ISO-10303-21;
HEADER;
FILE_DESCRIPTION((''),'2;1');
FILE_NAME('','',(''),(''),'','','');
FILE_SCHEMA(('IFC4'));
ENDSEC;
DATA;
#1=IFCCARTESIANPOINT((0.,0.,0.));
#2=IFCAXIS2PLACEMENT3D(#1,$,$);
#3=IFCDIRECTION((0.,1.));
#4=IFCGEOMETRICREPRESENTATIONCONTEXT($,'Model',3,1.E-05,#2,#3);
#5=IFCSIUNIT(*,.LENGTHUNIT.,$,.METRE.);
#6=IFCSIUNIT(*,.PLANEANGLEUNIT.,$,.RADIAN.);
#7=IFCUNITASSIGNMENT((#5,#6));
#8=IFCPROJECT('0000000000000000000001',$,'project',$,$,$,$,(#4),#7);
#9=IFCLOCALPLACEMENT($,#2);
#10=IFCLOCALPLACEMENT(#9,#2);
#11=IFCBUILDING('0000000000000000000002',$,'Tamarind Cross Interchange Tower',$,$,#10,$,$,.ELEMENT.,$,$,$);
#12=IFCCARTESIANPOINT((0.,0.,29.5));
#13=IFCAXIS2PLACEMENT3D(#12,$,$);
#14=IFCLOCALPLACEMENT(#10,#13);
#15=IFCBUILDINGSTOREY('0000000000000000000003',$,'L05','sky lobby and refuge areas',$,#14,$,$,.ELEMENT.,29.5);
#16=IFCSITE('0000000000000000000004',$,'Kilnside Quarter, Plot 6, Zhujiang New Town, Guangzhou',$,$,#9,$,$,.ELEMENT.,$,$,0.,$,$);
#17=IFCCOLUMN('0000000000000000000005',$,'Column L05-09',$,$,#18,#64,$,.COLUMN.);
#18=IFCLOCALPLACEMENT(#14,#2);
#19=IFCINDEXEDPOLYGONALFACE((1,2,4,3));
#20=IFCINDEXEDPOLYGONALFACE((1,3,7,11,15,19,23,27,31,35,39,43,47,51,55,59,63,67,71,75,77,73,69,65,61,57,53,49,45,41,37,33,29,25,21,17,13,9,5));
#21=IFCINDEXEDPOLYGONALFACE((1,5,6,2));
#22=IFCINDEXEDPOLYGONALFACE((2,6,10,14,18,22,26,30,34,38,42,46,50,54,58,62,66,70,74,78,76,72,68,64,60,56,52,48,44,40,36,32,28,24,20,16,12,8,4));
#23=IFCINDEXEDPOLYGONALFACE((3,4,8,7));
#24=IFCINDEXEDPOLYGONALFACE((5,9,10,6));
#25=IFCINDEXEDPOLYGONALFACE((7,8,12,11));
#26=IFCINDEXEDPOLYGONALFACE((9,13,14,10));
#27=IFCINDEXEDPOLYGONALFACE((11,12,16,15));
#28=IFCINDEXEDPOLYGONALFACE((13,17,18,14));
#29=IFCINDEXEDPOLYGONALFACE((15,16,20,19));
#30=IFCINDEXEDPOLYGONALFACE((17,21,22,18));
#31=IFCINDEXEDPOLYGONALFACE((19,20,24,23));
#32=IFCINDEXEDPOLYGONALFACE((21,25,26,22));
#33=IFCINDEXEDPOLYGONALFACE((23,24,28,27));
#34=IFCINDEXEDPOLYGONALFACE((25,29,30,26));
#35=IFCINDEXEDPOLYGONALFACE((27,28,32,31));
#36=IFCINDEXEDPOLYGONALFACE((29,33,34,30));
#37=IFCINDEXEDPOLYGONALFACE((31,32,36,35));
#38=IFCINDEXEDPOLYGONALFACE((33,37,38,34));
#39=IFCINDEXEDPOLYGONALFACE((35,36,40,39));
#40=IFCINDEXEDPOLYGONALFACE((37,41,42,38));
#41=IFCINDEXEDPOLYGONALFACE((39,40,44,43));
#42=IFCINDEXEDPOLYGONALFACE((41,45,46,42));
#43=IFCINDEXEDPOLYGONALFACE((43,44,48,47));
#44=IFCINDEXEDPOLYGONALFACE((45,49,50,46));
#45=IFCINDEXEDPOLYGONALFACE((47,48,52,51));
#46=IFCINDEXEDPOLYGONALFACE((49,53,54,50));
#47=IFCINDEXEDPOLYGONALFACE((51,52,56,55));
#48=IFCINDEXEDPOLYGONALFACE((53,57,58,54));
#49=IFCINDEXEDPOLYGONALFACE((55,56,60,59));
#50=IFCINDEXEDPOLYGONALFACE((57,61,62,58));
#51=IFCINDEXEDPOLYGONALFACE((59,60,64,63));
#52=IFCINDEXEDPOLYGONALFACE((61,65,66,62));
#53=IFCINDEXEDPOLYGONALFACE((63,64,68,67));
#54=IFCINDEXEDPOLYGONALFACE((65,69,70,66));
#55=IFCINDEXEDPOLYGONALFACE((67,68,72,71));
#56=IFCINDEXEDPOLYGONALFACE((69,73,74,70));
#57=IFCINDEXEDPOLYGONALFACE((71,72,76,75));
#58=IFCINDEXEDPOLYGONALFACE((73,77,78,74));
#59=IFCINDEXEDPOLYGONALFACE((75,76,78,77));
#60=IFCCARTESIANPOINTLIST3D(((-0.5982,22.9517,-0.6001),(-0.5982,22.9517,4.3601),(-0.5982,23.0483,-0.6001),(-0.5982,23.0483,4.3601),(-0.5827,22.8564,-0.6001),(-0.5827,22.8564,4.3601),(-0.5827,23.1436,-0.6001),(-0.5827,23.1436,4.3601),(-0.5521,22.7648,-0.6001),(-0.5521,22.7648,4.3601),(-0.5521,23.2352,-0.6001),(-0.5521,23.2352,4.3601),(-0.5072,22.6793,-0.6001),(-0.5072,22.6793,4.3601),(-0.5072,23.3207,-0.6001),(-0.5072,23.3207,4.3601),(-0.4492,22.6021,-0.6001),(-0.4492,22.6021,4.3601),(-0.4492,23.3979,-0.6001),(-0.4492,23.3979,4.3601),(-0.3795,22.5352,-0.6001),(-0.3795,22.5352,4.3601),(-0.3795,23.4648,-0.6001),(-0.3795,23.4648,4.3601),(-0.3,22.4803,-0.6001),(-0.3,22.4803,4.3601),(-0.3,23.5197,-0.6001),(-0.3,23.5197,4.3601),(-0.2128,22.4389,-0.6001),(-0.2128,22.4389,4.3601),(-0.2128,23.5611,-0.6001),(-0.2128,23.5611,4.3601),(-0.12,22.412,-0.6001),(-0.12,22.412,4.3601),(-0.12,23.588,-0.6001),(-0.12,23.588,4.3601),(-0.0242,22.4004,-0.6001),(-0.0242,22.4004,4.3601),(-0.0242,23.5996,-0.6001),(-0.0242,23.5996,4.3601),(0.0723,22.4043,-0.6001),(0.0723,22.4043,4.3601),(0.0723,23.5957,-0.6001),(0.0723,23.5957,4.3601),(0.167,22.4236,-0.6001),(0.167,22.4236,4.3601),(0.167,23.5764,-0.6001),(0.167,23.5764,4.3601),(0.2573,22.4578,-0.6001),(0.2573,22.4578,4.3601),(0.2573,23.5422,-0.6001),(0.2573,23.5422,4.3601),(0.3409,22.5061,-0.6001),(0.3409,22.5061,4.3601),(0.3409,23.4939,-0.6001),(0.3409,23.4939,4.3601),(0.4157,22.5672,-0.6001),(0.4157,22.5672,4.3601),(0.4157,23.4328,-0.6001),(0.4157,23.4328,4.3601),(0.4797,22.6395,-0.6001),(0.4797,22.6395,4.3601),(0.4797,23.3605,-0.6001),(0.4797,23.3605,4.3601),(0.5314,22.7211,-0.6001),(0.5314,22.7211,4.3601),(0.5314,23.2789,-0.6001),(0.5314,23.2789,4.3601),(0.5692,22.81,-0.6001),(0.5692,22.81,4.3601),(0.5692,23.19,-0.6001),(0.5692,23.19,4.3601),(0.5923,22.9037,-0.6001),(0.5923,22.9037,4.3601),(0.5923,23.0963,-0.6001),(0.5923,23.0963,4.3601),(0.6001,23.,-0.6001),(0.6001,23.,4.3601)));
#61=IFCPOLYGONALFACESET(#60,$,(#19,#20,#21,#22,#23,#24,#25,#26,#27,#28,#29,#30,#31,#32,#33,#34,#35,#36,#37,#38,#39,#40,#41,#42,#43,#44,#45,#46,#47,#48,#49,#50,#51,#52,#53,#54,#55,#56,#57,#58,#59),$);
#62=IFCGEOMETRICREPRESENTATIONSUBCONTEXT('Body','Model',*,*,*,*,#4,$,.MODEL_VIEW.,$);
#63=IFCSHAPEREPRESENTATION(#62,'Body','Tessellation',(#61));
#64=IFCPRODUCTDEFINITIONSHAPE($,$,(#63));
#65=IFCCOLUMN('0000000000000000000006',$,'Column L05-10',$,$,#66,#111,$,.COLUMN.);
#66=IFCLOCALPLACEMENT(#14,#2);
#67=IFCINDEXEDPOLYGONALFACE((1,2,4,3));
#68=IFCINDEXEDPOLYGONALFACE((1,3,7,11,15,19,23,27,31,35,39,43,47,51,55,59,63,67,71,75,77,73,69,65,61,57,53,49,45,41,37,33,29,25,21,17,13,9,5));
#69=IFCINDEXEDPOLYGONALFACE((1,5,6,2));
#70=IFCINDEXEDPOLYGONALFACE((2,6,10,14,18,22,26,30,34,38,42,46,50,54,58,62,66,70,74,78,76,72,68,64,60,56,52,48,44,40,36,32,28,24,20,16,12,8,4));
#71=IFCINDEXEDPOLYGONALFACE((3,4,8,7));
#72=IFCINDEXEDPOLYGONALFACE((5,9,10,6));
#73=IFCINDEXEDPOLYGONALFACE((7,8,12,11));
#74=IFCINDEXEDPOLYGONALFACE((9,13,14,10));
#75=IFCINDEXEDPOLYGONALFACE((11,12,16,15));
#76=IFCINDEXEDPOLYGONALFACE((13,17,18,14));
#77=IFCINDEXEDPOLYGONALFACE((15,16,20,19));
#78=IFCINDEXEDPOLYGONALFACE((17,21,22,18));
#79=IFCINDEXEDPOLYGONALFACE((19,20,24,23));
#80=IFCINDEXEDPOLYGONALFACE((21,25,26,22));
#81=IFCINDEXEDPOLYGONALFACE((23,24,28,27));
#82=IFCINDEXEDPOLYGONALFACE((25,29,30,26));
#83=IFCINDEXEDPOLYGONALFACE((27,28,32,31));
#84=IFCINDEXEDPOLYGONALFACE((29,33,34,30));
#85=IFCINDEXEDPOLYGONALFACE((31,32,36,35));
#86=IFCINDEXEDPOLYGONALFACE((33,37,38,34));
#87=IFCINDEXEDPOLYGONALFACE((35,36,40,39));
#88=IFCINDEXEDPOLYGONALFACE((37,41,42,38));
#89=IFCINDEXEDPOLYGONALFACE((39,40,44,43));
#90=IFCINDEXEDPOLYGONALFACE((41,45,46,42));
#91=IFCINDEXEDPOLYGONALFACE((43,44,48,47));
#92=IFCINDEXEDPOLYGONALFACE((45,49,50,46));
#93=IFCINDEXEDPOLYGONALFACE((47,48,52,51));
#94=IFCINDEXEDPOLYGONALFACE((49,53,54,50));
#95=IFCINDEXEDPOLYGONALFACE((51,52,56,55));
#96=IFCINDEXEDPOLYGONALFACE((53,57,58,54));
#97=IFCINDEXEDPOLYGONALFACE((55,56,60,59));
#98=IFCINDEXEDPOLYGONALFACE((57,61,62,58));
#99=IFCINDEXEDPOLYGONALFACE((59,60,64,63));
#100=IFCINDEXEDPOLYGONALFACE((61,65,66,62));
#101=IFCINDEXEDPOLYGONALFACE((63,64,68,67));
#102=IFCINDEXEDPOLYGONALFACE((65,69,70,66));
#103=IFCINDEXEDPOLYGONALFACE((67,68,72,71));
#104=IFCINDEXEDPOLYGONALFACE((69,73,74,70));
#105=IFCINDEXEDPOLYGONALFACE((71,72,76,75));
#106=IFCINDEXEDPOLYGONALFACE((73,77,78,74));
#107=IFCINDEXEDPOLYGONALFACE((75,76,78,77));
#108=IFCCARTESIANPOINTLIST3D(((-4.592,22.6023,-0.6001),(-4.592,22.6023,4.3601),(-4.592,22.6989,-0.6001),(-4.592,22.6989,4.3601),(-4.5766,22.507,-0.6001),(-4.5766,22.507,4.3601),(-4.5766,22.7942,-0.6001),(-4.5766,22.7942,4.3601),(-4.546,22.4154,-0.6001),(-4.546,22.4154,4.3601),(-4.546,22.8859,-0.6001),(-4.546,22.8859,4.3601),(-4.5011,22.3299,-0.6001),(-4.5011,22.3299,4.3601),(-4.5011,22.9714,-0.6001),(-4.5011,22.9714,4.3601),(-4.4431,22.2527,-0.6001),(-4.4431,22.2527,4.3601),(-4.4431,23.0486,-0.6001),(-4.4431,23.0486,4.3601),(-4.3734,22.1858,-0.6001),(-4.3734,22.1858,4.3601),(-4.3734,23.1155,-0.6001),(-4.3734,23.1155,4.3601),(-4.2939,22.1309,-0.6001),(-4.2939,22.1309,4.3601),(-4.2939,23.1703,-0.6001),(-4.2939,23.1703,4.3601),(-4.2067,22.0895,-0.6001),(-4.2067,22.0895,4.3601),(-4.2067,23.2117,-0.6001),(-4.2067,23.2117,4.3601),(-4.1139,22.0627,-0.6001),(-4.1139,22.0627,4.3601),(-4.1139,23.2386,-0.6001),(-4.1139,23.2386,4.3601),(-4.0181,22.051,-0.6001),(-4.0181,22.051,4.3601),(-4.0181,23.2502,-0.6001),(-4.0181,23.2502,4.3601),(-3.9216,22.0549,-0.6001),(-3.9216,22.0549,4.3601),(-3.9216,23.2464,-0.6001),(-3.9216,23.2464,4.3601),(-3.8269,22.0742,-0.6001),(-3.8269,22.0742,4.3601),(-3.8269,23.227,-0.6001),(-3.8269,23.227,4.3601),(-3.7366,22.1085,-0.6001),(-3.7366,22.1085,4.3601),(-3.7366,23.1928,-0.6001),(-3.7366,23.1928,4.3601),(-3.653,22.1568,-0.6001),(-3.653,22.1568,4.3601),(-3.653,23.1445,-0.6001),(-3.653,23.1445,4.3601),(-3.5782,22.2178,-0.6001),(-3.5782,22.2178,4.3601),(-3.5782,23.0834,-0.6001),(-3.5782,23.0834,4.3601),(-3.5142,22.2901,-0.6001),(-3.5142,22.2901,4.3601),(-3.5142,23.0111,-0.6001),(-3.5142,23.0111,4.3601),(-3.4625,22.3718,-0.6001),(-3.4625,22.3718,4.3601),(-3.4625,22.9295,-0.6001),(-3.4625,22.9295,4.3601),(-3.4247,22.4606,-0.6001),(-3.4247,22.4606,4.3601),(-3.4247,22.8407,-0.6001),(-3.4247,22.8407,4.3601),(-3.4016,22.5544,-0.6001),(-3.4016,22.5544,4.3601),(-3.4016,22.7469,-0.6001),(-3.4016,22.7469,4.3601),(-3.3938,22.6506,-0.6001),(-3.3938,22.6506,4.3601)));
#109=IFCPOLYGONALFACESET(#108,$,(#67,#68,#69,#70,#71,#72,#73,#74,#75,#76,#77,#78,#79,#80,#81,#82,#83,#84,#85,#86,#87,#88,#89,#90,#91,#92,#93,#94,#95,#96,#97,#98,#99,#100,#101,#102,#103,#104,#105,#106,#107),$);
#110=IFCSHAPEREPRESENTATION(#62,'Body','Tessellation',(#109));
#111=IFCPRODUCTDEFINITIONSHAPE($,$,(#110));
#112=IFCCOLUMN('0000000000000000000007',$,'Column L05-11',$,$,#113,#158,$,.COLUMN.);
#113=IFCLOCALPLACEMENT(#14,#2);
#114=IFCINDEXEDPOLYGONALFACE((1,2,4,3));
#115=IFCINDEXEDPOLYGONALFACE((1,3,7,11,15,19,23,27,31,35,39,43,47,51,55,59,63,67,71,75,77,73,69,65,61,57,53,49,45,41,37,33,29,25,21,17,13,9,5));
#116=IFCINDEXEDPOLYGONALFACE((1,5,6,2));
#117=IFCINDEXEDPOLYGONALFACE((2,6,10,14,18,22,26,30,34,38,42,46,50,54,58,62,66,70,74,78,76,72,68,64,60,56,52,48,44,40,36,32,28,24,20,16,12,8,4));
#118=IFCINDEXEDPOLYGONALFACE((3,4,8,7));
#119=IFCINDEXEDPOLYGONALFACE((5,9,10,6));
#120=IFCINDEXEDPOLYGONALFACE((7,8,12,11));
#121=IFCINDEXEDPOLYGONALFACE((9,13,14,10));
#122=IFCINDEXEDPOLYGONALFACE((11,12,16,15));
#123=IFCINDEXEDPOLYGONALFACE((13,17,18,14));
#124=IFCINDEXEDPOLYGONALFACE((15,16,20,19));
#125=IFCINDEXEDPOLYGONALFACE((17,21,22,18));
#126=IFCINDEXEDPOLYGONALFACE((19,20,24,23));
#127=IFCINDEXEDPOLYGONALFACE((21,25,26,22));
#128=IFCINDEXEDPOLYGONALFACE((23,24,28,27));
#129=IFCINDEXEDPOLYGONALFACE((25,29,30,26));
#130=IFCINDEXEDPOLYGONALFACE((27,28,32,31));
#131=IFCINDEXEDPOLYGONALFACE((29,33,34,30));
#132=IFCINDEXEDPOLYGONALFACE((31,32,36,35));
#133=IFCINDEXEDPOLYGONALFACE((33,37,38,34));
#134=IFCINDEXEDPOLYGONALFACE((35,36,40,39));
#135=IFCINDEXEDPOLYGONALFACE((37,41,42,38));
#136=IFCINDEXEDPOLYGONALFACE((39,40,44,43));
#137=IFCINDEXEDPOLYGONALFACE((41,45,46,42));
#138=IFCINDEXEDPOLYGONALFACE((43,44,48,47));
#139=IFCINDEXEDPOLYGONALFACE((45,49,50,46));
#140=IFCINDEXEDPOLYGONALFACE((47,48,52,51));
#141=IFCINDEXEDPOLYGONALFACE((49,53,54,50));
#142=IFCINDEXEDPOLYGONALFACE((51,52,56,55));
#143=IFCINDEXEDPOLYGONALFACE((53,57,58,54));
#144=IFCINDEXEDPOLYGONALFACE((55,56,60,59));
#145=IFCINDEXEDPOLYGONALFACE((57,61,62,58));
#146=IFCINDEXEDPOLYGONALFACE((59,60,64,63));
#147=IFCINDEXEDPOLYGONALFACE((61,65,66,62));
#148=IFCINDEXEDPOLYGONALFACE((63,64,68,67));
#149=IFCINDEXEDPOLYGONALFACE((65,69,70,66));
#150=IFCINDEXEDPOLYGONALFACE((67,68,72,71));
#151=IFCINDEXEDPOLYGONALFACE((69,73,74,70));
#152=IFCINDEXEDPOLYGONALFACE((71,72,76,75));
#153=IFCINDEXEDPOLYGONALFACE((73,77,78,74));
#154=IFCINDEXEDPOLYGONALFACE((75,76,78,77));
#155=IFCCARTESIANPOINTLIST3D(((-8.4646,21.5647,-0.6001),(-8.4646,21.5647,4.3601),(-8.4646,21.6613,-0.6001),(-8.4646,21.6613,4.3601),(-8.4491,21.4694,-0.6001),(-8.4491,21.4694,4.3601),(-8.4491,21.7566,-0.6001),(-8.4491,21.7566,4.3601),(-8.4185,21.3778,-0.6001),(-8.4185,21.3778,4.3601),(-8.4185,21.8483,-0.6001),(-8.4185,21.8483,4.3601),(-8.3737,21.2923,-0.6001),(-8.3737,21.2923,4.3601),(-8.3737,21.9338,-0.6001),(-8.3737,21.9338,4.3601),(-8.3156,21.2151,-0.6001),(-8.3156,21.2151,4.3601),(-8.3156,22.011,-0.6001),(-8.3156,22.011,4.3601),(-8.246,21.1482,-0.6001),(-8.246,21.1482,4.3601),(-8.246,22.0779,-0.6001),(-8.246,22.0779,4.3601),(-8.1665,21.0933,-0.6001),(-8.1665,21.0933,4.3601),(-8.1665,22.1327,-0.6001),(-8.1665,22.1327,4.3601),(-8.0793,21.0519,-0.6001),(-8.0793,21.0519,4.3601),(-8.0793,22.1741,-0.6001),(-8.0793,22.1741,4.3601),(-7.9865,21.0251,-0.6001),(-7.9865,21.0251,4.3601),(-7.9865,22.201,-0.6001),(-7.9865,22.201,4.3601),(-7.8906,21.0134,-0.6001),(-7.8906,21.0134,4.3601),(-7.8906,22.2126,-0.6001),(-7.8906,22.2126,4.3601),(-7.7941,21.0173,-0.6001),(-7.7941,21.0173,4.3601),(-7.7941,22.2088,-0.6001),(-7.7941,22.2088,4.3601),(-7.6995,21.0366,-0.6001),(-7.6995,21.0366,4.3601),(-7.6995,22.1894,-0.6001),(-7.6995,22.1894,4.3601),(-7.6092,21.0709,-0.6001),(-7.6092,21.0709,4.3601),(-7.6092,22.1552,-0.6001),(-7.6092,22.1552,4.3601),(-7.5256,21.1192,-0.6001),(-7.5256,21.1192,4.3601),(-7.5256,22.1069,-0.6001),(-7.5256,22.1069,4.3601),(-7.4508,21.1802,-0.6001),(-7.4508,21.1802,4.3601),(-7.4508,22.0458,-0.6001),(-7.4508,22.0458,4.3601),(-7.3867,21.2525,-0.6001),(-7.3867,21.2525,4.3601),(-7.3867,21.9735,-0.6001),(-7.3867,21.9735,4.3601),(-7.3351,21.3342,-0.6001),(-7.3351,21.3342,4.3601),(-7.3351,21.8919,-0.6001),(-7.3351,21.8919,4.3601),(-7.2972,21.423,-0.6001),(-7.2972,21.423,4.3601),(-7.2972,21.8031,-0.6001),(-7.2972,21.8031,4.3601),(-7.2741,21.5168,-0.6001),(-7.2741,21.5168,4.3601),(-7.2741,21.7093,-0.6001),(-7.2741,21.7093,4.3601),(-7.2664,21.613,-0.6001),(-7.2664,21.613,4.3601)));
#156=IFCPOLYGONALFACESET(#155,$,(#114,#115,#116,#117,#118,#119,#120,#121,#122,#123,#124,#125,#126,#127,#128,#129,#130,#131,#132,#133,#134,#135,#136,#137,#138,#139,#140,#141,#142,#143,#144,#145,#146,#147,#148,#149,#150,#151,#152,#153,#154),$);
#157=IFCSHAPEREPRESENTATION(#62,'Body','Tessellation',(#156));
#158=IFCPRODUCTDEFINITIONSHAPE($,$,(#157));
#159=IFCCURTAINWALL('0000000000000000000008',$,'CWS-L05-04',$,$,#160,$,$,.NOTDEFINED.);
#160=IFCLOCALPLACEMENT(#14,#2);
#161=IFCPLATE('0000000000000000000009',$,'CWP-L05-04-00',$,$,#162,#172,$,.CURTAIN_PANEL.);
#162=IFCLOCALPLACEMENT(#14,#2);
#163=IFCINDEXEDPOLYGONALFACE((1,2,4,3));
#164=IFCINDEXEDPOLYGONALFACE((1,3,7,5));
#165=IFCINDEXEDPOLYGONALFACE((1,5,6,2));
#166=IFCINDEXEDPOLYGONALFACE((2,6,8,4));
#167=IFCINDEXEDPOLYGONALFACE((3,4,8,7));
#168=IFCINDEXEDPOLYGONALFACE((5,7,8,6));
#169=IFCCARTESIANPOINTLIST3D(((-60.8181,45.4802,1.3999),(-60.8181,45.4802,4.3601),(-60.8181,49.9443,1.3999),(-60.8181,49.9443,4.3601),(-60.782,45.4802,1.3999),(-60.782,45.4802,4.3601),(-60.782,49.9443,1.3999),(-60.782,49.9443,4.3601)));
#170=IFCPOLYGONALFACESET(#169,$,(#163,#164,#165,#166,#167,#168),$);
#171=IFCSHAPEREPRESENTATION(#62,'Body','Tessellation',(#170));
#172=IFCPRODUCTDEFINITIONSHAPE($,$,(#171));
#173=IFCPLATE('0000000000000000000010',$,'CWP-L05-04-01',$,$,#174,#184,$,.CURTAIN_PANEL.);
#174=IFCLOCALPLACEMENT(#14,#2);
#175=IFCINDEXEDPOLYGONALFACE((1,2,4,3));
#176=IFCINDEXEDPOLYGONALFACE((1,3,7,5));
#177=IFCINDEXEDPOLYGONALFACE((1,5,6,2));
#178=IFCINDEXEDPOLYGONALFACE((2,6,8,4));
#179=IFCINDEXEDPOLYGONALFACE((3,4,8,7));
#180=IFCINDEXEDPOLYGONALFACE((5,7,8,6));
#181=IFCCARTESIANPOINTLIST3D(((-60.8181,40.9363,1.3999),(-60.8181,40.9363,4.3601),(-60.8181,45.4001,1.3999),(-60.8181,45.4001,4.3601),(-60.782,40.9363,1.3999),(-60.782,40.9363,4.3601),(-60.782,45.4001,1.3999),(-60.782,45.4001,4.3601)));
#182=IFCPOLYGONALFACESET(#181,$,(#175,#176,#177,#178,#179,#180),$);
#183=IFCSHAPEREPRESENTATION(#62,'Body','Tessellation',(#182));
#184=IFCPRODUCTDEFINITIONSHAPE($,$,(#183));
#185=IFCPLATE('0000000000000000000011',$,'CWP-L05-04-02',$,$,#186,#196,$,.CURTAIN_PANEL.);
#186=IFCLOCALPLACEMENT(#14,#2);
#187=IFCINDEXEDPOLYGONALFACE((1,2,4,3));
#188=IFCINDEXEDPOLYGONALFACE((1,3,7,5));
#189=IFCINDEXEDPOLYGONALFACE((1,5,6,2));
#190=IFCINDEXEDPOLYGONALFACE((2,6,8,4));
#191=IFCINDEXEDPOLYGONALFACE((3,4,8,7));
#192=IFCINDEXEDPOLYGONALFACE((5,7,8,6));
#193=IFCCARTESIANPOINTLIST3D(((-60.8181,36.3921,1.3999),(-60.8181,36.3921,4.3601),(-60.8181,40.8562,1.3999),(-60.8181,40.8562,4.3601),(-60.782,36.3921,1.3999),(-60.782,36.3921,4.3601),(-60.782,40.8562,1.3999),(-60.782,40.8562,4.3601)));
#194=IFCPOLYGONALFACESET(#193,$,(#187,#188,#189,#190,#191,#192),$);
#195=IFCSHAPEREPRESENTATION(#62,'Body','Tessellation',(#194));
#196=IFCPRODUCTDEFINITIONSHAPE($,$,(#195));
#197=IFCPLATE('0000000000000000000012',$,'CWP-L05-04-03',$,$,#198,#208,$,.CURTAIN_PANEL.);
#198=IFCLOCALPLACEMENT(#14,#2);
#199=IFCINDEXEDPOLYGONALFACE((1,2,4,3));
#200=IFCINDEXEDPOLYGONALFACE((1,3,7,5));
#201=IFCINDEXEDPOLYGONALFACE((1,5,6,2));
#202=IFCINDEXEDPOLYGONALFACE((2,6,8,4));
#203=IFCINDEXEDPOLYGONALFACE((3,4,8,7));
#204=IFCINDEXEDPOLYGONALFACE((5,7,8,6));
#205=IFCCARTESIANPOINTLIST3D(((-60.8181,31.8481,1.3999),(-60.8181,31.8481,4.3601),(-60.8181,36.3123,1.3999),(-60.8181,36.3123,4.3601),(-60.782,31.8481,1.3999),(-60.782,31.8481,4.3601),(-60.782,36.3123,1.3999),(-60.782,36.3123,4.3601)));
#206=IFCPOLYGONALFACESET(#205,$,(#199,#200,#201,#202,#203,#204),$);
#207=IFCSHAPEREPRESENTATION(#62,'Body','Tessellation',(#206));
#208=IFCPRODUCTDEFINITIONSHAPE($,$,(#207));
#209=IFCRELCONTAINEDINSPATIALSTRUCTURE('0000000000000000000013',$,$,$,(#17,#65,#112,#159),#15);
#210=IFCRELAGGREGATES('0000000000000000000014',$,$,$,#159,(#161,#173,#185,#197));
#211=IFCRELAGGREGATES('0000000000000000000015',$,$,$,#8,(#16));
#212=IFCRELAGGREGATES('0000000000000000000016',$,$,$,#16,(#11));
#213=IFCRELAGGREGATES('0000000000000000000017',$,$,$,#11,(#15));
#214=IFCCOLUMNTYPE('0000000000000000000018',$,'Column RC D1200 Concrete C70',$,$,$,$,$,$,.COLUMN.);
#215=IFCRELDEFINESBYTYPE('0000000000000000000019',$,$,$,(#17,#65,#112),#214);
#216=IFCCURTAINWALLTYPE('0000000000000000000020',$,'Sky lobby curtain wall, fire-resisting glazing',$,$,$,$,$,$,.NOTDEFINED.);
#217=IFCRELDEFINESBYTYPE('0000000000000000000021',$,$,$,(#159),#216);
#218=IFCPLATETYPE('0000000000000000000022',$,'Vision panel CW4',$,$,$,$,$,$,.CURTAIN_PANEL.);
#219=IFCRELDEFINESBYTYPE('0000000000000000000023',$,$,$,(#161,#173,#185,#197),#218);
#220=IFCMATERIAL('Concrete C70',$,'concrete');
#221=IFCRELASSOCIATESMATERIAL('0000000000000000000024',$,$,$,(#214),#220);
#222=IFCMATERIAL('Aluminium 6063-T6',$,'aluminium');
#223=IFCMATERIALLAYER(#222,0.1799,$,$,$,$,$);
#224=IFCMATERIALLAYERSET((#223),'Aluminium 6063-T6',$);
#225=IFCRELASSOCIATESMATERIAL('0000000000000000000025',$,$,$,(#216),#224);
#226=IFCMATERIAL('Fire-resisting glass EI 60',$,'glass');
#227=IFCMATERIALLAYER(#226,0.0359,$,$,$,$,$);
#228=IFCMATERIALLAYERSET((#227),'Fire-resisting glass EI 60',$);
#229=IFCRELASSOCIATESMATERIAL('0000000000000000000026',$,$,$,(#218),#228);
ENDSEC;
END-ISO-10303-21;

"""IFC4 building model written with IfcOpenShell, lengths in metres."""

from ifc_helpers import new_model, si_unit, direction, frame, origin, origin_2d, place, context, subcontext, project, spatial, polyline, circle, outline, extrude, material, layer, layer_set, material_profile, profile_set, type_object, element, aggregate, save


model = new_model("IFC4")

# Units and contexts
model_context = context("Model", 3, precision=1e-05, world=origin(), true_north=direction((0.0, 1.0)))
body_context = subcontext(model_context, "Body", "Model", "MODEL_VIEW")
ifc_project = project(units=[si_unit("LENGTHUNIT", "METRE"), si_unit("PLANEANGLEUNIT", "RADIAN")], contexts=[model_context])

# Site, building, storey
site_placement = place(None, origin())
site = spatial("IfcSite", under=ifc_project, at=site_placement, Name="Kilnside Quarter, Plot 6, Zhujiang New Town, Guangzhou", CompositionType="ELEMENT", RefElevation=0.0)
building_placement = place(site_placement, origin())
building = spatial("IfcBuilding", under=site, at=building_placement, Name="Tamarind Cross Interchange Tower", CompositionType="ELEMENT")
storey_placement = place(building_placement, frame((0.0, 0.0, 29.5)))
storey = spatial("IfcBuildingStorey", under=building, at=storey_placement, Name="L05", Description="sky lobby and refuge areas", CompositionType="ELEMENT", Elevation=29.5)

# Columns
ifc_material_1 = material(Name="Concrete C70", Category="concrete")
ifc_material_profile = material_profile(ifc_material_1, circle(Radius=0.6001, at=origin_2d()), Name="RC D1200")
ifc_profile_set = profile_set([ifc_material_profile], Name="Concrete C70")
column_type = type_object("IfcColumnType", Name="Column RC D1200 Concrete C70", PredefinedType="COLUMN", material=ifc_profile_set)
for number, where, z_axis, x_axis, name in (
    (1, (0.0, 23.0, -0.6001), (0.0, 0.0, 1.0), (1.0, 0.0, 0.0), "Column L05-09"),
    (2, (-3.9939, 22.6506, -0.6001), (0.0, 0.0, 1.0), (1.0, 0.0, 0.0), "Column L05-10"),
    (3, (-7.8665, 21.613, -0.6001), (0.0, 0.0, 1.0), (1.0, 0.0, 0.0), "Column L05-11"),
):
    element("IfcColumn", number, at=place(storey_placement, frame(where, z_axis=z_axis, x_axis=x_axis)), inside=storey, type_object=column_type, Name=name, PredefinedType="COLUMN", context=body_context, shape_type="SweptSolid", body=[
        extrude(circle(Radius=0.6001, at=origin_2d()), origin(), (0.0, 0.0, 1.0), 4.9602),
    ])

# Curtain wall, plates
ifc_material_2 = material(Name="Aluminium 6063-T6", Category="aluminium")
ifc_layer_1 = layer(ifc_material_2, 0.1799)
ifc_layer_set_1 = layer_set([ifc_layer_1], Name="Aluminium 6063-T6")
curtain_wall_type = type_object("IfcCurtainWallType", Name="Sky lobby curtain wall, fire-resisting glazing", PredefinedType="NOTDEFINED", material=ifc_layer_set_1)
curtain_wall_placement = place(storey_placement, origin())
curtain_wall = element("IfcCurtainWall", 4, at=curtain_wall_placement, inside=storey, type_object=curtain_wall_type, Name="CWS-L05-04", PredefinedType="NOTDEFINED")
ifc_material_3 = material(Name="Fire-resisting glass EI 60", Category="glass")
ifc_layer_2 = layer(ifc_material_3, 0.0359)
ifc_layer_set_2 = layer_set([ifc_layer_2], Name="Fire-resisting glass EI 60")
plate_type = type_object("IfcPlateType", Name="Vision panel CW4", PredefinedType="CURTAIN_PANEL", material=ifc_layer_set_2)
plate_1_placement = place(storey_placement, frame((0.0, 0.0, 1.3999)))
plate_1 = element("IfcPlate", 5, at=plate_1_placement, type_object=plate_type, Name="CWP-L05-04-00", PredefinedType="CURTAIN_PANEL", context=body_context, shape_type="SweptSolid", body=[
    extrude(outline(polyline([(-60.782, 49.9443), (-60.782, 45.4802), (-60.8181, 45.4802), (-60.8181, 49.9443), (-60.782, 49.9443)])), origin(), (0.0, 0.0, 1.0), 2.9602),
])
plate_2_placement = place(storey_placement, frame((0.0, 0.0, 1.3999)))
plate_2 = element("IfcPlate", 6, at=plate_2_placement, type_object=plate_type, Name="CWP-L05-04-01", PredefinedType="CURTAIN_PANEL", context=body_context, shape_type="SweptSolid", body=[
    extrude(outline(polyline([(-60.782, 45.4001), (-60.782, 40.9363), (-60.8181, 40.9363), (-60.8181, 45.4001), (-60.782, 45.4001)])), origin(), (0.0, 0.0, 1.0), 2.9602),
])
plate_3_placement = place(storey_placement, frame((0.0, 0.0, 1.3999)))
plate_3 = element("IfcPlate", 7, at=plate_3_placement, type_object=plate_type, Name="CWP-L05-04-02", PredefinedType="CURTAIN_PANEL", context=body_context, shape_type="SweptSolid", body=[
    extrude(outline(polyline([(-60.782, 40.8562), (-60.782, 36.3921), (-60.8181, 36.3921), (-60.8181, 40.8562), (-60.782, 40.8562)])), origin(), (0.0, 0.0, 1.0), 2.9602),
])
plate_4_placement = place(storey_placement, frame((0.0, 0.0, 1.3999)))
plate_4 = element("IfcPlate", 8, at=plate_4_placement, type_object=plate_type, Name="CWP-L05-04-03", PredefinedType="CURTAIN_PANEL", context=body_context, shape_type="SweptSolid", body=[
    extrude(outline(polyline([(-60.782, 36.3123), (-60.782, 31.8481), (-60.8181, 31.8481), (-60.8181, 36.3123), (-60.782, 36.3123)])), origin(), (0.0, 0.0, 1.0), 2.9602),
])
aggregate(curtain_wall, [plate_1, plate_2, plate_3, plate_4])

save(model, "model.ifc")
